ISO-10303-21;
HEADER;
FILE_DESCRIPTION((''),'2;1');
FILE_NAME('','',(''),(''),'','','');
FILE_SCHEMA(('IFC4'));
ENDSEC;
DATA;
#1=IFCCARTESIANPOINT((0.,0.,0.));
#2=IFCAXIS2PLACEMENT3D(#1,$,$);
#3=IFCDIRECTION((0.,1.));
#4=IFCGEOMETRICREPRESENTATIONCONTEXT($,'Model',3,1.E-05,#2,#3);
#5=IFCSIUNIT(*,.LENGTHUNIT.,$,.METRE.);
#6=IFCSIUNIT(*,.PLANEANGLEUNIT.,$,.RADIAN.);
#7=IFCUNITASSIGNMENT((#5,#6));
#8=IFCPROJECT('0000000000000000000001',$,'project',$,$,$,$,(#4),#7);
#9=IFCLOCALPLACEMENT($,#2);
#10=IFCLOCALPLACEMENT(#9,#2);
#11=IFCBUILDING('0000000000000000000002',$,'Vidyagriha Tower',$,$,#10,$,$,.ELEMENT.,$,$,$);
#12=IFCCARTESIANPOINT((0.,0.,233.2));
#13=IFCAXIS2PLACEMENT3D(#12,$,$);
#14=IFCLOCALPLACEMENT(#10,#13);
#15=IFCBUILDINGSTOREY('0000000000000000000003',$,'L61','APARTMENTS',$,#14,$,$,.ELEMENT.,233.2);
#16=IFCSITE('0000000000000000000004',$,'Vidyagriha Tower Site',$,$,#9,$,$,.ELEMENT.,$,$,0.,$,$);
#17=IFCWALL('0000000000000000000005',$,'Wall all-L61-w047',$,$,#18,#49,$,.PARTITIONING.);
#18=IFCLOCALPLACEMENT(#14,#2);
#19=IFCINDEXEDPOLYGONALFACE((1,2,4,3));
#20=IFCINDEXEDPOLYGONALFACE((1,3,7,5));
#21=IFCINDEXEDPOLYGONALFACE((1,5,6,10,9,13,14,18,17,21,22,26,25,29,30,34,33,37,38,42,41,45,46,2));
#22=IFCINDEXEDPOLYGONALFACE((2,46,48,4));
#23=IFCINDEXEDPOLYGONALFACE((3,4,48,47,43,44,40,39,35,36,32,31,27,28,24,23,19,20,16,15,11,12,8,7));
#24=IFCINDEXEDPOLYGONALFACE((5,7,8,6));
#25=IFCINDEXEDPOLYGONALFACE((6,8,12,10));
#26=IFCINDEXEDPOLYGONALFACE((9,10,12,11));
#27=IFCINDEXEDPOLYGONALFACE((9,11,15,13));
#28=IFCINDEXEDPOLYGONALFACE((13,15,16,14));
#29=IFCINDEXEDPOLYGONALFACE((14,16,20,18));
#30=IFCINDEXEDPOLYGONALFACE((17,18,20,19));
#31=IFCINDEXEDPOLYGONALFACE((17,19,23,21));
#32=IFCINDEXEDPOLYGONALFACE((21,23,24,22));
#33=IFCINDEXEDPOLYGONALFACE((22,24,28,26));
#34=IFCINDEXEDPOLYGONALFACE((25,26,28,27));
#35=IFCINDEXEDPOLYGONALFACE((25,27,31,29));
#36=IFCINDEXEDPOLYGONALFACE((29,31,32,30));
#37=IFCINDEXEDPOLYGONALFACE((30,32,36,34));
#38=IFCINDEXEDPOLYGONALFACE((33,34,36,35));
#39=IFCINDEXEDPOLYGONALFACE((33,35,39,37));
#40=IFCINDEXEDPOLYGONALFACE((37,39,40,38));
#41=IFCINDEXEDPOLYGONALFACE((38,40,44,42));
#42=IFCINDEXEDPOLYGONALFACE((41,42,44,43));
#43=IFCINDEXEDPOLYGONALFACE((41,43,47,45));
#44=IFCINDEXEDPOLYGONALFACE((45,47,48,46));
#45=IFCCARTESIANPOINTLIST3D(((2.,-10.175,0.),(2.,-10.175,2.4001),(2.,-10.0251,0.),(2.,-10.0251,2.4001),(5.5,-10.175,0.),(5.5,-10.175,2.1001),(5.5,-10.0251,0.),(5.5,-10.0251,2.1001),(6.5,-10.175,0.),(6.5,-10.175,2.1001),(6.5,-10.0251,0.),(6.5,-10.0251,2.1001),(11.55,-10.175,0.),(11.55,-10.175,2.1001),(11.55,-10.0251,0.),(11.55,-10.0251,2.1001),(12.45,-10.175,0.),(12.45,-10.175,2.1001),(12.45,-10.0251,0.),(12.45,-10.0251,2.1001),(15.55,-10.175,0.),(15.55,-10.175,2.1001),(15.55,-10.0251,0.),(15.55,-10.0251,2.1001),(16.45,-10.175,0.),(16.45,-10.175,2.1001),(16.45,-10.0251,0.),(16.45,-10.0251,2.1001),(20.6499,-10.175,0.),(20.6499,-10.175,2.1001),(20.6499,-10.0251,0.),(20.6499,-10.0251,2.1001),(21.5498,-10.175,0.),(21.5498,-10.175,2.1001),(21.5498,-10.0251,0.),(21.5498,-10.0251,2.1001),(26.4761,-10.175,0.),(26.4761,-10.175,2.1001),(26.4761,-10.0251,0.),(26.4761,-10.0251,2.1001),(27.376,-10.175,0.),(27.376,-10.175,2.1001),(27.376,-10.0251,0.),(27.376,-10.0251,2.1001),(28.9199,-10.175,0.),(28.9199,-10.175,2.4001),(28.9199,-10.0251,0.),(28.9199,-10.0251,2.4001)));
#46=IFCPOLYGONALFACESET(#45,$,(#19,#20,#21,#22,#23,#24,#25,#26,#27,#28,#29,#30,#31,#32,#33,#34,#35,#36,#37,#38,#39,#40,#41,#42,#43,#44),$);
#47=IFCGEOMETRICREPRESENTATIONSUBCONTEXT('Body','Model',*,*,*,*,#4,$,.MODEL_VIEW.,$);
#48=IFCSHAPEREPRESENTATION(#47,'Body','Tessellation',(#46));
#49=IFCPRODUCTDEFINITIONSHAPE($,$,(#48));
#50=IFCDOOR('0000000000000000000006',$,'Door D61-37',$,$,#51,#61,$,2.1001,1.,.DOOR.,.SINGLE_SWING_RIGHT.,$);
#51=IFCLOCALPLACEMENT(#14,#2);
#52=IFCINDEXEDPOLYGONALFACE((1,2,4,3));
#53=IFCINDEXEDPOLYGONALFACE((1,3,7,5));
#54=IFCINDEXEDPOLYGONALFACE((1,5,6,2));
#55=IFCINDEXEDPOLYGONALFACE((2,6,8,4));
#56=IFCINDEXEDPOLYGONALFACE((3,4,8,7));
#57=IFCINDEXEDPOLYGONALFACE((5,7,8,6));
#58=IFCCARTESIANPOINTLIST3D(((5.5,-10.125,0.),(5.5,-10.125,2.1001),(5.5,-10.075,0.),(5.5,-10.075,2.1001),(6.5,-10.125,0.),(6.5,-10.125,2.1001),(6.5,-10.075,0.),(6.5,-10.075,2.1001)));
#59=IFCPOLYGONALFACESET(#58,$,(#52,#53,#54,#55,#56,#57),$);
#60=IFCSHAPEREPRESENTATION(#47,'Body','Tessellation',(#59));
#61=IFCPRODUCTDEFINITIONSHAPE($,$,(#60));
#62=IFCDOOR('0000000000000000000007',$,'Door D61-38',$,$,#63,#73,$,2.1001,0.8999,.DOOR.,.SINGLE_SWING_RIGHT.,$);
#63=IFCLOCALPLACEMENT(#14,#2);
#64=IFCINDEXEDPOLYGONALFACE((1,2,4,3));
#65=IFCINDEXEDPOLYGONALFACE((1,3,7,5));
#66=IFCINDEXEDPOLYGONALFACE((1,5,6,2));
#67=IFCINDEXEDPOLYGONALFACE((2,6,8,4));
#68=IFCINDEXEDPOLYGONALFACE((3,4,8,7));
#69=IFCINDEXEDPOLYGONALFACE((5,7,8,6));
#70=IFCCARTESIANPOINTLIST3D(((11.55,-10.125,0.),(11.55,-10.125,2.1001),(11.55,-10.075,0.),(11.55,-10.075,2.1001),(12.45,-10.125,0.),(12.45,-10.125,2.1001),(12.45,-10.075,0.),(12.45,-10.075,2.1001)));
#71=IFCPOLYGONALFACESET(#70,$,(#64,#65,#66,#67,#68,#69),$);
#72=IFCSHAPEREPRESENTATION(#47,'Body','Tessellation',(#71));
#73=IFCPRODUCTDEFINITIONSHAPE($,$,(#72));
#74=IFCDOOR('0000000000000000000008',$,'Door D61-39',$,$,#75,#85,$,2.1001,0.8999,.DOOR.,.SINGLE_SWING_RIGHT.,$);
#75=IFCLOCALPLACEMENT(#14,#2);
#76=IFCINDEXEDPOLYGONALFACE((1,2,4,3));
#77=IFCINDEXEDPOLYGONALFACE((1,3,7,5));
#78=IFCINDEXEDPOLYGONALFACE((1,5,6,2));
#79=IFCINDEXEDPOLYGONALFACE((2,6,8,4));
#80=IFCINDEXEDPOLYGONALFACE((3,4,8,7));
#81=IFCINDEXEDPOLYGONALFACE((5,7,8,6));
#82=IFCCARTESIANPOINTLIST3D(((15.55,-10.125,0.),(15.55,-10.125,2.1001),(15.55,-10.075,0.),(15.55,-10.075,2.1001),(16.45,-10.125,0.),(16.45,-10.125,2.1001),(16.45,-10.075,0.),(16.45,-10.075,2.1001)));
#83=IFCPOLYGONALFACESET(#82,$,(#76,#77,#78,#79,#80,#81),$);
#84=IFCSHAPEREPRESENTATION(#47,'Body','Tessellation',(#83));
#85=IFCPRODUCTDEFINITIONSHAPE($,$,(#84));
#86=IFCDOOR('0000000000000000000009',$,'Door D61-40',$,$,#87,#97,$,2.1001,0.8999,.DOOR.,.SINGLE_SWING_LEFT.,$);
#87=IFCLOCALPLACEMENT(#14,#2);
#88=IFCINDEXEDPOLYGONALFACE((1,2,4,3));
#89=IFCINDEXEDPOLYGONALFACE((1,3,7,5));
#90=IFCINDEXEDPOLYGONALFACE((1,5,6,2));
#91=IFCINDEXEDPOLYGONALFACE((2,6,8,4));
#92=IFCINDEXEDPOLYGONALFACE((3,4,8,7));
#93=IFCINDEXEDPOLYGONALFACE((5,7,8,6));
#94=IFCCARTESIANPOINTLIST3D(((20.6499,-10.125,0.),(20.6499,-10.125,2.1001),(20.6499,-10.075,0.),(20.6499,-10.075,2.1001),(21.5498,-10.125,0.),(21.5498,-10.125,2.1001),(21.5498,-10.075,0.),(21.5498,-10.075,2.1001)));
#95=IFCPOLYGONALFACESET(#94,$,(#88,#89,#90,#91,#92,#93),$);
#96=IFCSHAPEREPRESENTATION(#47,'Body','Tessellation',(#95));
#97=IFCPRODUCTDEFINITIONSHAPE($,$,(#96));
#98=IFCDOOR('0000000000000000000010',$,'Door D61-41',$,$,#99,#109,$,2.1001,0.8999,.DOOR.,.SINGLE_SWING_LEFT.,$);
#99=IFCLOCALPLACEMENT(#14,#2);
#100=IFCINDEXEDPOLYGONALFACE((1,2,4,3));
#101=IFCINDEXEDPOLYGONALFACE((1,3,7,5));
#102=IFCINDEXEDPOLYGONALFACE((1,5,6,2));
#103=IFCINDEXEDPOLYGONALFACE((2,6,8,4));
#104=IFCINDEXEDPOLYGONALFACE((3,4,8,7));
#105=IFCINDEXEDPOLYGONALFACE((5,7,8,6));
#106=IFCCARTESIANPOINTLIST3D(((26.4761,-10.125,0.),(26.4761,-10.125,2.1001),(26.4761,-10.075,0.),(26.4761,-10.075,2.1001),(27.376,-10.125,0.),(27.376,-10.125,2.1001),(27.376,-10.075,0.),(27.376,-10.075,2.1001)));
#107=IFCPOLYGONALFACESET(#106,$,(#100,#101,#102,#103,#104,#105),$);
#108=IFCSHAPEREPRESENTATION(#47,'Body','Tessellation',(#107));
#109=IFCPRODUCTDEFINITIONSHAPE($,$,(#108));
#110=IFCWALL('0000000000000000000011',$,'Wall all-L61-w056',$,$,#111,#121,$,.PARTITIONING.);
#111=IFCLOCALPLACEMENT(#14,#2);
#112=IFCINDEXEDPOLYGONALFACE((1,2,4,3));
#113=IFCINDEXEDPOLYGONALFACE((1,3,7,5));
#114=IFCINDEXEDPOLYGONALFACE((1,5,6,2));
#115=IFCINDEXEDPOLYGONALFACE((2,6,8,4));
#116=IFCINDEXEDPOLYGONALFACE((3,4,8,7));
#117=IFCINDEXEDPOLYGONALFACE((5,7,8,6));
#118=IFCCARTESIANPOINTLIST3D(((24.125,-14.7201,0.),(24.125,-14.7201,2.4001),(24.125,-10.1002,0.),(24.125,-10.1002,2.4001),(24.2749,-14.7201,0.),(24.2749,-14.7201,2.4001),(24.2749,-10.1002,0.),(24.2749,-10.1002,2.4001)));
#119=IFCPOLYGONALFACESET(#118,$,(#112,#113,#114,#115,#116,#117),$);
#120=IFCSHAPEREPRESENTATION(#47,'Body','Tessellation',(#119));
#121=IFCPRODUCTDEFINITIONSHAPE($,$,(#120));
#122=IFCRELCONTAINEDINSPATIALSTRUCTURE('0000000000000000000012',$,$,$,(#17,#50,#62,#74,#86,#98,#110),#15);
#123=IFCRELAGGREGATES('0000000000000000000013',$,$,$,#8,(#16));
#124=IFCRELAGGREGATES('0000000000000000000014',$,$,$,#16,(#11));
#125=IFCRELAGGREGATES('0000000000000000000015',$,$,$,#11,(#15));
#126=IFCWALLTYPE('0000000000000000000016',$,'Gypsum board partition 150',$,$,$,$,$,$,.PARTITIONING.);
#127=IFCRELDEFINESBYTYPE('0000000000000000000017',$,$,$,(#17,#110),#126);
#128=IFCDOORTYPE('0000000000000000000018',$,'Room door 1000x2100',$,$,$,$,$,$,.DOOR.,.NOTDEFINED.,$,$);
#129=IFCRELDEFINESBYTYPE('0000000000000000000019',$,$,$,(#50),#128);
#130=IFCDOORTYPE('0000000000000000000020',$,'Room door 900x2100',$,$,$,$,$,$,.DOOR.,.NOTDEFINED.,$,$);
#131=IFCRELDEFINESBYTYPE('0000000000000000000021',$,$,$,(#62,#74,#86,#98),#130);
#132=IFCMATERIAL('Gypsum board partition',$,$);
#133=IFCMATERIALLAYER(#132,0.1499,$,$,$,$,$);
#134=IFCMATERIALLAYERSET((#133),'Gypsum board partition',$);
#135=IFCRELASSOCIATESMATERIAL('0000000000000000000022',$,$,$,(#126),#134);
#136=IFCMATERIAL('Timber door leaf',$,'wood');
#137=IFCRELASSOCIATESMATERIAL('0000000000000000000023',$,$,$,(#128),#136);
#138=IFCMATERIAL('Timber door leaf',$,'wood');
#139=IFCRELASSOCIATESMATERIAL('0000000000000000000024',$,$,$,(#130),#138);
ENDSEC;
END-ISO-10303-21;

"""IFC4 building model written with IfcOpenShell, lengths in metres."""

from ifc_helpers import new_model, si_unit, direction, frame, frame_2d, origin, place, context, subcontext, project, spatial, rectangle, extrude, material, layer, layer_set, type_object, element, fill, save


model = new_model("IFC4")

# Units and contexts
model_context = context("Model", 3, precision=1e-05, world=origin(), true_north=direction((0.0, 1.0)))
body_context = subcontext(model_context, "Body", "Model", "MODEL_VIEW")
ifc_project = project(units=[si_unit("LENGTHUNIT", "METRE"), si_unit("PLANEANGLEUNIT", "RADIAN")], contexts=[model_context])

# Site, building, storey
site_placement = place(None, origin())
site = spatial("IfcSite", under=ifc_project, at=site_placement, Name="Vidyagriha Tower Site", CompositionType="ELEMENT", RefElevation=0.0)
building_placement = place(site_placement, origin())
building = spatial("IfcBuilding", under=site, at=building_placement, Name="Vidyagriha Tower", CompositionType="ELEMENT")
storey_placement = place(building_placement, frame((0.0, 0.0, 233.2)))
storey = spatial("IfcBuildingStorey", under=building, at=storey_placement, Name="L61", Description="APARTMENTS", CompositionType="ELEMENT", Elevation=233.2)

# Wall, openings, doors
ifc_material_1 = material(Name="Gypsum board partition")
ifc_layer_1 = layer(ifc_material_1, 0.1499)
ifc_layer_set_1 = layer_set([ifc_layer_1], Name="Gypsum board partition")
wall_type_1 = type_object("IfcWallType", Name="Gypsum board partition 150", PredefinedType="PARTITIONING", material=ifc_layer_set_1)
wall_1_placement = place(storey_placement, frame((28.9199, -10.1001, 0.0), z_axis=(0.0, 0.0, 1.0), x_axis=(-1.0, 0.0, 0.0)))
wall_1 = element("IfcWall", 1, at=wall_1_placement, inside=storey, type_object=wall_type_1, Name="Wall all-L61-w047", PredefinedType="PARTITIONING", context=body_context, shape_type="SweptSolid", body=[
    extrude(rectangle(XDim=26.9199, YDim=0.1499, at=frame_2d((13.46, 0.0))), origin(), (0.0, 0.0, 1.0), 2.4001),
])
opening_1_placement = place(wall_1_placement, frame((22.4199, 0.0, 0.0)))
opening_1 = element("IfcOpeningElement", 2, at=opening_1_placement, cuts=wall_1, PredefinedType="OPENING", context=body_context, shape_type="SweptSolid", body=[
    extrude(rectangle(XDim=1.0, YDim=2.1001, at=frame_2d((0.5, 1.05))), frame((0.0, 0.085, 0.0), z_axis=(0.0, -1.0, 0.0), x_axis=(1.0, 0.0, 0.0)), (0.0, 0.0, 1.0), 0.1699),
])
opening_2_placement = place(wall_1_placement, frame((16.47, 0.0, 0.0)))
opening_2 = element("IfcOpeningElement", 3, at=opening_2_placement, cuts=wall_1, PredefinedType="OPENING", context=body_context, shape_type="SweptSolid", body=[
    extrude(rectangle(XDim=0.8999, YDim=2.1001, at=frame_2d((0.45, 1.05))), frame((0.0, 0.085, 0.0), z_axis=(0.0, -1.0, 0.0), x_axis=(1.0, 0.0, 0.0)), (0.0, 0.0, 1.0), 0.1699),
])
opening_3_placement = place(wall_1_placement, frame((12.47, 0.0, 0.0)))
opening_3 = element("IfcOpeningElement", 4, at=opening_3_placement, cuts=wall_1, PredefinedType="OPENING", context=body_context, shape_type="SweptSolid", body=[
    extrude(rectangle(XDim=0.8999, YDim=2.1001, at=frame_2d((0.45, 1.05))), frame((0.0, 0.085, 0.0), z_axis=(0.0, -1.0, 0.0), x_axis=(1.0, 0.0, 0.0)), (0.0, 0.0, 1.0), 0.1699),
])
opening_4_placement = place(wall_1_placement, frame((7.3701, 0.0, 0.0)))
opening_4 = element("IfcOpeningElement", 5, at=opening_4_placement, cuts=wall_1, PredefinedType="OPENING", context=body_context, shape_type="SweptSolid", body=[
    extrude(rectangle(XDim=0.8999, YDim=2.1001, at=frame_2d((0.45, 1.05))), frame((0.0, 0.085, 0.0), z_axis=(0.0, -1.0, 0.0), x_axis=(1.0, 0.0, 0.0)), (0.0, 0.0, 1.0), 0.1699),
])
opening_5_placement = place(wall_1_placement, frame((1.5439, 0.0, 0.0)))
opening_5 = element("IfcOpeningElement", 6, at=opening_5_placement, cuts=wall_1, PredefinedType="OPENING", context=body_context, shape_type="SweptSolid", body=[
    extrude(rectangle(XDim=0.8999, YDim=2.1001, at=frame_2d((0.45, 1.05))), frame((0.0, 0.085, 0.0), z_axis=(0.0, -1.0, 0.0), x_axis=(1.0, 0.0, 0.0)), (0.0, 0.0, 1.0), 0.1699),
])
ifc_material_2 = material(Name="Timber door leaf", Category="wood")
door_type_1 = type_object("IfcDoorType", Name="Room door 1000x2100", OperationType="NOTDEFINED", PredefinedType="DOOR", material=ifc_material_2)
door_1_placement = place(opening_1_placement, origin())
door_1 = element("IfcDoor", 7, at=door_1_placement, inside=storey, type_object=door_type_1, Name="Door D61-37", OperationType="SINGLE_SWING_RIGHT", OverallHeight=2.1001, OverallWidth=1.0, PredefinedType="DOOR", context=body_context, shape_type="SweptSolid", body=[
    extrude(rectangle(XDim=1.0, YDim=2.1001, at=frame_2d((0.5, 1.05))), frame((0.0, 0.0249, 0.0), z_axis=(0.0, -1.0, 0.0), x_axis=(1.0, 0.0, 0.0)), (0.0, 0.0, 1.0), 0.05),
])
fill(opening_1, door_1)
ifc_material_3 = material(Name="Timber door leaf", Category="wood")
door_type_2 = type_object("IfcDoorType", Name="Room door 900x2100", OperationType="NOTDEFINED", PredefinedType="DOOR", material=ifc_material_3)
door_2_placement = place(opening_2_placement, origin())
door_2 = element("IfcDoor", 8, at=door_2_placement, inside=storey, type_object=door_type_2, Name="Door D61-38", OperationType="SINGLE_SWING_RIGHT", OverallHeight=2.1001, OverallWidth=0.8999, PredefinedType="DOOR", context=body_context, shape_type="SweptSolid", body=[
    extrude(rectangle(XDim=0.8999, YDim=2.1001, at=frame_2d((0.45, 1.05))), frame((0.0, 0.0249, 0.0), z_axis=(0.0, -1.0, 0.0), x_axis=(1.0, 0.0, 0.0)), (0.0, 0.0, 1.0), 0.05),
])
fill(opening_2, door_2)
door_3_placement = place(opening_3_placement, origin())
door_3 = element("IfcDoor", 9, at=door_3_placement, inside=storey, type_object=door_type_2, Name="Door D61-39", OperationType="SINGLE_SWING_RIGHT", OverallHeight=2.1001, OverallWidth=0.8999, PredefinedType="DOOR", context=body_context, shape_type="SweptSolid", body=[
    extrude(rectangle(XDim=0.8999, YDim=2.1001, at=frame_2d((0.45, 1.05))), frame((0.0, 0.0249, 0.0), z_axis=(0.0, -1.0, 0.0), x_axis=(1.0, 0.0, 0.0)), (0.0, 0.0, 1.0), 0.05),
])
fill(opening_3, door_3)
door_4_placement = place(opening_4_placement, origin())
door_4 = element("IfcDoor", 10, at=door_4_placement, inside=storey, type_object=door_type_2, Name="Door D61-40", OperationType="SINGLE_SWING_LEFT", OverallHeight=2.1001, OverallWidth=0.8999, PredefinedType="DOOR", context=body_context, shape_type="SweptSolid", body=[
    extrude(rectangle(XDim=0.8999, YDim=2.1001, at=frame_2d((0.45, 1.05))), frame((0.0, 0.0249, 0.0), z_axis=(0.0, -1.0, 0.0), x_axis=(1.0, 0.0, 0.0)), (0.0, 0.0, 1.0), 0.05),
])
fill(opening_4, door_4)
door_5_placement = place(opening_5_placement, origin())
door_5 = element("IfcDoor", 11, at=door_5_placement, inside=storey, type_object=door_type_2, Name="Door D61-41", OperationType="SINGLE_SWING_LEFT", OverallHeight=2.1001, OverallWidth=0.8999, PredefinedType="DOOR", context=body_context, shape_type="SweptSolid", body=[
    extrude(rectangle(XDim=0.8999, YDim=2.1001, at=frame_2d((0.45, 1.05))), frame((0.0, 0.0249, 0.0), z_axis=(0.0, -1.0, 0.0), x_axis=(1.0, 0.0, 0.0)), (0.0, 0.0, 1.0), 0.05),
])
fill(opening_5, door_5)

# Wall
wall_2_placement = place(storey_placement, frame((24.2, -10.1001, 0.0), z_axis=(0.0, 0.0, 1.0), x_axis=(0.0, -1.0, 0.0)))
element("IfcWall", 12, at=wall_2_placement, inside=storey, type_object=wall_type_1, Name="Wall all-L61-w056", PredefinedType="PARTITIONING", context=body_context, shape_type="SweptSolid", body=[
    extrude(rectangle(XDim=4.6199, YDim=0.1499, at=frame_2d((2.3101, 0.0))), origin(), (0.0, 0.0, 1.0), 2.4001),
])

save(model, "model.ifc")
